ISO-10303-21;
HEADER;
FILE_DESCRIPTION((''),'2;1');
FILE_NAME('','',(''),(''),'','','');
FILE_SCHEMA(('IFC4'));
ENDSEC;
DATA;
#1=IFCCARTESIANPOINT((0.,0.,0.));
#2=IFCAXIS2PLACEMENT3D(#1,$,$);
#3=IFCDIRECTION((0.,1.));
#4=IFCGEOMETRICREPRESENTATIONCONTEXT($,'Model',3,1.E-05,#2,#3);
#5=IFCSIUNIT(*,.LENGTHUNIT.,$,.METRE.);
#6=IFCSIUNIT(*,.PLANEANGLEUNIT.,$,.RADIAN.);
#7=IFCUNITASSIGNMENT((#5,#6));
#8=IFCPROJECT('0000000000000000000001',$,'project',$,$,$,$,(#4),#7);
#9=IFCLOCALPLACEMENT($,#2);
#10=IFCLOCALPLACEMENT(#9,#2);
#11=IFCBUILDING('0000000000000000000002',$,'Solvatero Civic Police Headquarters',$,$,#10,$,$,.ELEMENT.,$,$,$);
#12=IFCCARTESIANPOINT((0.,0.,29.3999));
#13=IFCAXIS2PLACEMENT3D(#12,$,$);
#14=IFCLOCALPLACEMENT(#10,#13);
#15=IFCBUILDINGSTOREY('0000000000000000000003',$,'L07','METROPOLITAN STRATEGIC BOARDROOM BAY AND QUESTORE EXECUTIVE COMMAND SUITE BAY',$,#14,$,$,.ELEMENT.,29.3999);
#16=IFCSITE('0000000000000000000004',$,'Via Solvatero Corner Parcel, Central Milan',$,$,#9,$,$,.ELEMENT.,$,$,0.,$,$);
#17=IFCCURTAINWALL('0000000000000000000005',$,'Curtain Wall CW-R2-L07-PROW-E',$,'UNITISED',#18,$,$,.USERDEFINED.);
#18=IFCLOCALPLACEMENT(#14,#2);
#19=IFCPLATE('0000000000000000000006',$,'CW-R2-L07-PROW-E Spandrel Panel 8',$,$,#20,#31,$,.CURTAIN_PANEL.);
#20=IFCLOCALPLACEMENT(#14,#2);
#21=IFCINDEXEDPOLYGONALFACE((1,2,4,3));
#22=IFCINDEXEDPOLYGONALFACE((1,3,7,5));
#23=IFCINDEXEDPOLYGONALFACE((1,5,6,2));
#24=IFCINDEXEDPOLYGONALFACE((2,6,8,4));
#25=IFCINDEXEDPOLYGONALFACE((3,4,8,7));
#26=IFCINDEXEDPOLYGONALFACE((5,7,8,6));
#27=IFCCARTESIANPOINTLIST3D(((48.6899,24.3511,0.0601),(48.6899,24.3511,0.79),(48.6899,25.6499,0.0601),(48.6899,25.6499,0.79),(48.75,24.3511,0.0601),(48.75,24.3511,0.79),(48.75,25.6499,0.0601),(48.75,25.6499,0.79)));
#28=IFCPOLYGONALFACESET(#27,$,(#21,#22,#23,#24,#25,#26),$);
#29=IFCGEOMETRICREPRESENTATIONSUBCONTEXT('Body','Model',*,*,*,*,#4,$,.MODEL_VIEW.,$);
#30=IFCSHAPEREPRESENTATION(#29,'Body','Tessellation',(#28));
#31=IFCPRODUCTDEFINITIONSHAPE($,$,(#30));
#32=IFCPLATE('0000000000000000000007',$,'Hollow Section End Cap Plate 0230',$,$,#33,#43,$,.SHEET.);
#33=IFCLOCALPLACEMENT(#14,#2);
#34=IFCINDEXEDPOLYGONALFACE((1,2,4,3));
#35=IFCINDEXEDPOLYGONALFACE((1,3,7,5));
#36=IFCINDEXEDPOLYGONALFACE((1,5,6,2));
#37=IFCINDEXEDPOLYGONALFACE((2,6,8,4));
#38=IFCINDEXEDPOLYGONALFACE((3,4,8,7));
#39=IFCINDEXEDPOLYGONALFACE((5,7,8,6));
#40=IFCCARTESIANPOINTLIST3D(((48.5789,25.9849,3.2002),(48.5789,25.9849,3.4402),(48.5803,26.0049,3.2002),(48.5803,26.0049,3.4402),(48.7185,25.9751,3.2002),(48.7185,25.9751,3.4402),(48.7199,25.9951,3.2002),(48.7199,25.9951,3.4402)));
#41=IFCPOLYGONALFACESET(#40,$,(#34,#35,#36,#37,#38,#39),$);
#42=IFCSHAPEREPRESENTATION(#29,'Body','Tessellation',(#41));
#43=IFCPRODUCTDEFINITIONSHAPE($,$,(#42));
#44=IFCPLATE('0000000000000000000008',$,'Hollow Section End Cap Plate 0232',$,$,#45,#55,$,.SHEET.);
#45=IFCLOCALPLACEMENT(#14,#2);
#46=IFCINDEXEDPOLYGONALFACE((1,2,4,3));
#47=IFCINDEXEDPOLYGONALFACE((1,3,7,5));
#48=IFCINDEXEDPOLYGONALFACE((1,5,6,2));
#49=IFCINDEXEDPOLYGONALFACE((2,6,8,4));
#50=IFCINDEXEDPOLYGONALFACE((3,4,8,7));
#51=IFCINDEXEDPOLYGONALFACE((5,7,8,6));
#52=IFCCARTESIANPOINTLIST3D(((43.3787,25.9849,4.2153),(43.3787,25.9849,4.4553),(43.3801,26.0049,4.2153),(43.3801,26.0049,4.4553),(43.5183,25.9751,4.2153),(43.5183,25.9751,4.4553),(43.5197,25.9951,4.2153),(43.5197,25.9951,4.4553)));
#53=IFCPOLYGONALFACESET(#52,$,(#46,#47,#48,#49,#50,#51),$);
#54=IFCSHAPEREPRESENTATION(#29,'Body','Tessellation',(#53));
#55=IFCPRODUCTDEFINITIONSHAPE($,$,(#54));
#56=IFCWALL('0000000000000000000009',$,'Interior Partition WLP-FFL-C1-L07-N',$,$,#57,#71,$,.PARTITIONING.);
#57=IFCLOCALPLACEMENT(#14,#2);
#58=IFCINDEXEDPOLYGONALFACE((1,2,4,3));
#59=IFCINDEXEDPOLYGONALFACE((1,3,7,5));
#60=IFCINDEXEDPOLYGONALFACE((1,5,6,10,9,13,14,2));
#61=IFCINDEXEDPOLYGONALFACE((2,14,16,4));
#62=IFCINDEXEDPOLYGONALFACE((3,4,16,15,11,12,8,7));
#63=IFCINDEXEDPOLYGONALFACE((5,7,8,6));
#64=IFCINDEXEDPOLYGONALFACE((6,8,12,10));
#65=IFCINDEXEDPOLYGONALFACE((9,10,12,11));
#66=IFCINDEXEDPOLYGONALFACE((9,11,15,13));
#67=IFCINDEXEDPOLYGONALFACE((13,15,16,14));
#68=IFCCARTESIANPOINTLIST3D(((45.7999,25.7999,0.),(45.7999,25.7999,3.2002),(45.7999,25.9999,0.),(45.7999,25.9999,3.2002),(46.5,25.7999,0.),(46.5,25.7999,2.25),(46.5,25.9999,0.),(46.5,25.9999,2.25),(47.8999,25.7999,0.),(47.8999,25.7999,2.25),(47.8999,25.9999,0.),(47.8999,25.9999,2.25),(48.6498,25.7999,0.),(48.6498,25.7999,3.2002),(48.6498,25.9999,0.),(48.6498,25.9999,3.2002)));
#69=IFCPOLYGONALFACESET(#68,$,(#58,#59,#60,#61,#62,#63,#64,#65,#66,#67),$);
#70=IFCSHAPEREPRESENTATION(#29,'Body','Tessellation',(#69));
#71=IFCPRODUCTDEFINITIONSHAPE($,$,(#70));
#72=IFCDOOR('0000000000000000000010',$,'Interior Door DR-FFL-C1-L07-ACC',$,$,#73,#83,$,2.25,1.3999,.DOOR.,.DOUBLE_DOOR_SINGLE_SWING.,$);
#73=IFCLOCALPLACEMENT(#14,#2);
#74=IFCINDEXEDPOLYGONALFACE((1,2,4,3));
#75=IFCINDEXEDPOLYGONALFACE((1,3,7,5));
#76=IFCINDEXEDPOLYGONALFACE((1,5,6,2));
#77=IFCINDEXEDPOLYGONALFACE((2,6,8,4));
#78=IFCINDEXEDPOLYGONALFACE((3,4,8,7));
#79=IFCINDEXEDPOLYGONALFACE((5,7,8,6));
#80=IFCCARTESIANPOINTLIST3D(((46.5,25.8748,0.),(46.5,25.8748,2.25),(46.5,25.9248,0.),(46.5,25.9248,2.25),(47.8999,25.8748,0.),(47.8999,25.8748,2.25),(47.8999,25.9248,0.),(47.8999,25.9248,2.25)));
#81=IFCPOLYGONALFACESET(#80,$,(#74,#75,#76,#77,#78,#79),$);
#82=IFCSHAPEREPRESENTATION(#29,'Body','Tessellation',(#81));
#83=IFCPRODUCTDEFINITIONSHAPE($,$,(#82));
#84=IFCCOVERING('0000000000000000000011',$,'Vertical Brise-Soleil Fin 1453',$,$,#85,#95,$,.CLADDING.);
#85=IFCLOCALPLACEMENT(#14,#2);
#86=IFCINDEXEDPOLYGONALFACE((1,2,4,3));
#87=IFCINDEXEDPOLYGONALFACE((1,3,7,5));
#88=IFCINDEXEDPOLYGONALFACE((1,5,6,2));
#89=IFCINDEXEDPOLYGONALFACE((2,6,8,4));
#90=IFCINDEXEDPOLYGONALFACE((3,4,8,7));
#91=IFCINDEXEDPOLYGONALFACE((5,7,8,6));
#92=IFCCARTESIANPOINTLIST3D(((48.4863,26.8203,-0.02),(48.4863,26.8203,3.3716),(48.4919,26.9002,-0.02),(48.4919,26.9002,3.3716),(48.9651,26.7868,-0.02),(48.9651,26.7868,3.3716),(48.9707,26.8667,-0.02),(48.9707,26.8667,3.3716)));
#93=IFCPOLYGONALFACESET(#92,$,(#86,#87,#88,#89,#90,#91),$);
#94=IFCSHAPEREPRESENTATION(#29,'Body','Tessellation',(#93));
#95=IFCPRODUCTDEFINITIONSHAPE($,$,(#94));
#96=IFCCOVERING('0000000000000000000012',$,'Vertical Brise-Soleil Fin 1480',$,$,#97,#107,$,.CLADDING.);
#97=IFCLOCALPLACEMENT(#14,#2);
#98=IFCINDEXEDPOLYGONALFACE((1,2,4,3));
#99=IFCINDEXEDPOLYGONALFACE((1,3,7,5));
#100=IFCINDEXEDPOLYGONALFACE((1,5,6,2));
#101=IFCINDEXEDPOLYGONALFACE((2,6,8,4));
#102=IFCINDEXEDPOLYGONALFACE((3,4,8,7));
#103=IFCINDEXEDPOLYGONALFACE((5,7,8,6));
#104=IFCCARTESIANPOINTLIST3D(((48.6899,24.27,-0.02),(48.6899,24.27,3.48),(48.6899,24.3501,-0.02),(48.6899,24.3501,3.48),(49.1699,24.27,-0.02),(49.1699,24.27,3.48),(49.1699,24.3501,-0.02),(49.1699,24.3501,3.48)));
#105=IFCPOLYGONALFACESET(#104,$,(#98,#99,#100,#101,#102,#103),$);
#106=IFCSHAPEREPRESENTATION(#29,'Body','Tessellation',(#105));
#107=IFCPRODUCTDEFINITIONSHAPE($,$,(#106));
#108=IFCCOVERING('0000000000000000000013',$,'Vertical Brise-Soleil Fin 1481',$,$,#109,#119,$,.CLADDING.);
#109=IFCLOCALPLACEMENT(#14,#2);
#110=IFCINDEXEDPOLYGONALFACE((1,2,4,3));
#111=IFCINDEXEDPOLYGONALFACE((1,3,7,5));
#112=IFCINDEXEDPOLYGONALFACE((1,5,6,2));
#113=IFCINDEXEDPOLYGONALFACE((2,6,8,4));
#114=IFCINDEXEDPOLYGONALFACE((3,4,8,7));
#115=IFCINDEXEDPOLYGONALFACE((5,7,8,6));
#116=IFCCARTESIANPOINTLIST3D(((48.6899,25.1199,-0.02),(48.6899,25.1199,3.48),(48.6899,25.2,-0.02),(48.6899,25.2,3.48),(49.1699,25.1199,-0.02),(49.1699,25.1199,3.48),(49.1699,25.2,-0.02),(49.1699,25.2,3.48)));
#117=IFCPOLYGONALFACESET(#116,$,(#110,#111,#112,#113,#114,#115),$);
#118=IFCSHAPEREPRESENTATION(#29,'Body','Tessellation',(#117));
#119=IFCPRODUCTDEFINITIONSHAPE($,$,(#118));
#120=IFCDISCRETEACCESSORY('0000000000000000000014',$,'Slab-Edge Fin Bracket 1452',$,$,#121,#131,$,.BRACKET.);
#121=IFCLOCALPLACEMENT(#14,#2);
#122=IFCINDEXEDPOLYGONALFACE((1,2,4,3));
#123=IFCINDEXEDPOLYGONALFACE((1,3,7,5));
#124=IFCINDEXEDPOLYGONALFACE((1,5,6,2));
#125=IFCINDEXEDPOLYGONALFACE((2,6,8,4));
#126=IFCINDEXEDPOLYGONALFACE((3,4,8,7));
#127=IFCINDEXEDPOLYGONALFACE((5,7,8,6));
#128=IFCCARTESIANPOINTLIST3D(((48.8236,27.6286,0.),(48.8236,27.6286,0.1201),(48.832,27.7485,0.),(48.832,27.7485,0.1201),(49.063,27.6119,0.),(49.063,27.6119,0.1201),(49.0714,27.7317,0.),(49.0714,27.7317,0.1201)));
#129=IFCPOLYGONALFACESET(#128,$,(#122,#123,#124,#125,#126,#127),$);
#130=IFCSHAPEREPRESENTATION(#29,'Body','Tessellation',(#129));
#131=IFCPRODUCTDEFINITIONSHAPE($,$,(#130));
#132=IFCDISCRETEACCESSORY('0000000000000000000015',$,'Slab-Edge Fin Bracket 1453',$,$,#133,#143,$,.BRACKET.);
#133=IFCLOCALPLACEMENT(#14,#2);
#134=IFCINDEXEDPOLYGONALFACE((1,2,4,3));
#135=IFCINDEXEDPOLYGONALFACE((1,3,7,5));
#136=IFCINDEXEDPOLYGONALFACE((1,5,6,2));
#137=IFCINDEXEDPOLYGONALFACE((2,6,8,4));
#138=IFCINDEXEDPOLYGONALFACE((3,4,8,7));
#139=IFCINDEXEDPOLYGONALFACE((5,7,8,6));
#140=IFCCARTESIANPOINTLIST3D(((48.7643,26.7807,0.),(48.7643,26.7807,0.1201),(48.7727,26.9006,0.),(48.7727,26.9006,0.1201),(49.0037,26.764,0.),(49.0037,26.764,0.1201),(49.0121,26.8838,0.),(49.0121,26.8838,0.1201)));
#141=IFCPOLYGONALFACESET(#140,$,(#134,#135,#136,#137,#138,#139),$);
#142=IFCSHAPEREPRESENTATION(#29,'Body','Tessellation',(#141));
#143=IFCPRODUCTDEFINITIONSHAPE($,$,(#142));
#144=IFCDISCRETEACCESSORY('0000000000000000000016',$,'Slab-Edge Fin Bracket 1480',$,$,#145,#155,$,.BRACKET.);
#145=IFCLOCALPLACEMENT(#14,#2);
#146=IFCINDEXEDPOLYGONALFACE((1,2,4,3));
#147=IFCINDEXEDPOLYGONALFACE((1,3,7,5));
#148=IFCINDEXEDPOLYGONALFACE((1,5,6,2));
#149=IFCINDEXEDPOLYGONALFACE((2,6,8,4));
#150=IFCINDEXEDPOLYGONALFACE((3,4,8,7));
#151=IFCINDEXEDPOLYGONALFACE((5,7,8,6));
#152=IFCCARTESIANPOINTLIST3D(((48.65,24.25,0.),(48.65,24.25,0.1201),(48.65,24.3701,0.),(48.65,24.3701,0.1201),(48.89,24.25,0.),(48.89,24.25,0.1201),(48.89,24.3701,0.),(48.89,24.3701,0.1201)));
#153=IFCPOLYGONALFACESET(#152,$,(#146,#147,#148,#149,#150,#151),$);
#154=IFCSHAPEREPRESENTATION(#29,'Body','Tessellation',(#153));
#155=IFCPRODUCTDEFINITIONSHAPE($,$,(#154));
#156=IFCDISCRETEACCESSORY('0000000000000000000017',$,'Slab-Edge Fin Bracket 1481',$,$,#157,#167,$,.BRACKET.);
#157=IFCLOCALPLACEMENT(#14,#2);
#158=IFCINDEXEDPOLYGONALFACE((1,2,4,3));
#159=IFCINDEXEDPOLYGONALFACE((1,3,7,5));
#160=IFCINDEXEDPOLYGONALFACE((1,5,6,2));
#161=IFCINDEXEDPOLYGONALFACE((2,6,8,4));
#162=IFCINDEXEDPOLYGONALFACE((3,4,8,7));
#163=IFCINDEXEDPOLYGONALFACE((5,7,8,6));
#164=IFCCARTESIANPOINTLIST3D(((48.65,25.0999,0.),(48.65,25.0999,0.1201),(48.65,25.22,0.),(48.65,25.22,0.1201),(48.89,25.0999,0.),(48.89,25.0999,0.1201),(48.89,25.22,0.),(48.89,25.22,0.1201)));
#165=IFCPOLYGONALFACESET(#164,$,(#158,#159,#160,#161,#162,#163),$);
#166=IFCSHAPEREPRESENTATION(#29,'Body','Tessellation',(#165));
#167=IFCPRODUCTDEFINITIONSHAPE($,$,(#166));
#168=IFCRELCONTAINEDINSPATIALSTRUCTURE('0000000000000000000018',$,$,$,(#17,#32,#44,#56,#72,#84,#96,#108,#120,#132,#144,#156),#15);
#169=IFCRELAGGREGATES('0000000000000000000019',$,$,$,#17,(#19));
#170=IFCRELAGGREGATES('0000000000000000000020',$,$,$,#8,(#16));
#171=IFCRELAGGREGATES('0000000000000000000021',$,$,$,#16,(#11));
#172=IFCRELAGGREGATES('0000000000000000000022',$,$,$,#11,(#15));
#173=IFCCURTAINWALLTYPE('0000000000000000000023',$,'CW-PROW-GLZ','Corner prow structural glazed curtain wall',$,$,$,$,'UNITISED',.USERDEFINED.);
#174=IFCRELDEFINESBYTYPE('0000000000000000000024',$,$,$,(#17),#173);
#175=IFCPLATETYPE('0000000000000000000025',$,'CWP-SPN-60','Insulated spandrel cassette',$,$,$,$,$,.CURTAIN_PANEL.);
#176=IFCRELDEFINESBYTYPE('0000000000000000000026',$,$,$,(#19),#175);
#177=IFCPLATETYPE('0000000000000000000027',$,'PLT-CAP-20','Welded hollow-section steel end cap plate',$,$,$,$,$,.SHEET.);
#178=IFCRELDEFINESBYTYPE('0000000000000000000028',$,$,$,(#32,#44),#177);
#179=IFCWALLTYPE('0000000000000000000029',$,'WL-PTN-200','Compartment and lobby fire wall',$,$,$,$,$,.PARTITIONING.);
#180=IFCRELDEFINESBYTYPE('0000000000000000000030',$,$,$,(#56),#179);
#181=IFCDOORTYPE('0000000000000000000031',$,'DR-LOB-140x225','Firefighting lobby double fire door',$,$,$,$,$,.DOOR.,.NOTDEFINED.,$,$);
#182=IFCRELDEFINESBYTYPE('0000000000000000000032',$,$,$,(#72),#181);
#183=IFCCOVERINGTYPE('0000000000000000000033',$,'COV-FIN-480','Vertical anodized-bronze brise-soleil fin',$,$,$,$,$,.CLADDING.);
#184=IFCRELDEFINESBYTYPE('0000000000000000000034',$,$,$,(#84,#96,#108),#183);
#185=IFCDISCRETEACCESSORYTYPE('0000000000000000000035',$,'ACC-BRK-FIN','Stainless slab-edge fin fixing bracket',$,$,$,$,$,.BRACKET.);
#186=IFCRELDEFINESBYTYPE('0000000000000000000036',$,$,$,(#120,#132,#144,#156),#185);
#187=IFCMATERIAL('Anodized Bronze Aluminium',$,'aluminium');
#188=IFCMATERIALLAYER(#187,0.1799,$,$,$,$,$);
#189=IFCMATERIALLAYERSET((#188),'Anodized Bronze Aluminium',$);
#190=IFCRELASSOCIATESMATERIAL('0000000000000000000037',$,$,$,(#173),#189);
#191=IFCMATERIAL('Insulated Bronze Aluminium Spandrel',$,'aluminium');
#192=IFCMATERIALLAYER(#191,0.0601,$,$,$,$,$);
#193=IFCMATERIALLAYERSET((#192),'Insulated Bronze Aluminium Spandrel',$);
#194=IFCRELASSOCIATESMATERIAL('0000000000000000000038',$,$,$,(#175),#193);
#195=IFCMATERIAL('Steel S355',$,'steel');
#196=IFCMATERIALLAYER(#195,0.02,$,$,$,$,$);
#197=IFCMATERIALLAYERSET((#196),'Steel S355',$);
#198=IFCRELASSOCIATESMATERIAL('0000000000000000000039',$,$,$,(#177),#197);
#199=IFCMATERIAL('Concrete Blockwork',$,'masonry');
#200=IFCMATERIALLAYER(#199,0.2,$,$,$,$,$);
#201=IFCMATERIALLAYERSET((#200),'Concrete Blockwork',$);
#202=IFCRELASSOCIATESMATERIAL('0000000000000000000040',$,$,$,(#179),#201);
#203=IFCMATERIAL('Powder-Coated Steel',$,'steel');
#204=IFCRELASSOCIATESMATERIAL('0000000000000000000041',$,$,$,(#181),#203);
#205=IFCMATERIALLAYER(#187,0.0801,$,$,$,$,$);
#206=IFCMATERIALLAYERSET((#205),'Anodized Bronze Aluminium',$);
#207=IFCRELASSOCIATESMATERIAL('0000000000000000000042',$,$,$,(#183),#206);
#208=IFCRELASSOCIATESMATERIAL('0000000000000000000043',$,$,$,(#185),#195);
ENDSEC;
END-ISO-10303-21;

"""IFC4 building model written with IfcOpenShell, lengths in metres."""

from ifc_helpers import new_model, si_unit, direction, frame, frame_2d, origin, origin_2d, place, context, subcontext, project, spatial, rectangle, extrude, material, layer, layer_set, type_object, element, fill, aggregate, save


model = new_model("IFC4")

# Units and contexts
model_context = context("Model", 3, precision=1e-05, world=origin(), true_north=direction((0.0, 1.0)))
body_context = subcontext(model_context, "Body", "Model", "MODEL_VIEW")
ifc_project = project(units=[si_unit("LENGTHUNIT", "METRE"), si_unit("PLANEANGLEUNIT", "RADIAN")], contexts=[model_context])

# Site, building, storey
site_placement = place(None, origin())
site = spatial("IfcSite", under=ifc_project, at=site_placement, Name="Via Solvatero Corner Parcel, Central Milan", CompositionType="ELEMENT", RefElevation=0.0)
building_placement = place(site_placement, origin())
building = spatial("IfcBuilding", under=site, at=building_placement, Name="Solvatero Civic Police Headquarters", CompositionType="ELEMENT")
storey_placement = place(building_placement, frame((0.0, 0.0, 29.3999)))
storey = spatial("IfcBuildingStorey", under=building, at=storey_placement, Name="L07", Description="METROPOLITAN STRATEGIC BOARDROOM BAY AND QUESTORE EXECUTIVE COMMAND SUITE BAY", CompositionType="ELEMENT", Elevation=29.3999)

# Shared definitions
ifc_material_1 = material(Name="Steel S355", Category="steel")

# Curtain wall
ifc_material_2 = material(Name="Anodized Bronze Aluminium", Category="aluminium")
ifc_layer_1 = layer(ifc_material_2, 0.1799)
ifc_layer_set_1 = layer_set([ifc_layer_1], Name="Anodized Bronze Aluminium")
curtain_wall_type_1 = type_object("IfcCurtainWallType", Name="CW-PROW-GLZ", Description="Corner prow structural glazed curtain wall", ElementType="UNITISED", PredefinedType="USERDEFINED", material=ifc_layer_set_1)
curtain_wall_1_placement = place(storey_placement, origin())
curtain_wall_1 = element("IfcCurtainWall", 1, at=curtain_wall_1_placement, inside=storey, type_object=curtain_wall_type_1, Name="Curtain Wall CW-R2-L07-PROW-E", ObjectType="UNITISED", PredefinedType="USERDEFINED")

# Plate
ifc_material_3 = material(Name="Insulated Bronze Aluminium Spandrel", Category="aluminium")
ifc_layer_2 = layer(ifc_material_3, 0.0601)
ifc_layer_set_2 = layer_set([ifc_layer_2], Name="Insulated Bronze Aluminium Spandrel")
plate_type_1 = type_object("IfcPlateType", Name="CWP-SPN-60", Description="Insulated spandrel cassette", PredefinedType="CURTAIN_PANEL", material=ifc_layer_set_2)
plate_1_placement = place(storey_placement, frame((48.72, 25.0005, 0.0601), z_axis=(0.0, 0.0, 1.0), x_axis=(0.0, 1.0, 0.0)))
plate_1 = element("IfcPlate", 2, at=plate_1_placement, type_object=plate_type_1, Name="CW-R2-L07-PROW-E Spandrel Panel 8", PredefinedType="CURTAIN_PANEL", context=body_context, shape_type="SweptSolid", body=[
    extrude(rectangle(XDim=1.2988, YDim=0.0601, at=origin_2d()), origin(), (0.0, 0.0, 1.0), 0.73),
])
aggregate(curtain_wall_1, [plate_1])

# Plates
ifc_layer_3 = layer(ifc_material_1, 0.02)
ifc_layer_set_3 = layer_set([ifc_layer_3], Name="Steel S355")
plate_type_2 = type_object("IfcPlateType", Name="PLT-CAP-20", Description="Welded hollow-section steel end cap plate", PredefinedType="SHEET", material=ifc_layer_set_3)
for number, where, z_axis, x_axis, name in (
    (3, (48.6494, 25.99, 3.2002), (0.0, 0.0, 1.0), (-0.069756, -0.997564, 0.0), "Hollow Section End Cap Plate 0230"),
    (4, (43.4492, 25.99, 4.2153), (0.0, 0.0, 1.0), (-0.069756, -0.997564, 0.0), "Hollow Section End Cap Plate 0232"),
):
    element("IfcPlate", number, at=place(storey_placement, frame(where, z_axis=z_axis, x_axis=x_axis)), inside=storey, type_object=plate_type_2, Name=name, PredefinedType="SHEET", context=body_context, shape_type="SweptSolid", body=[
        extrude(rectangle(XDim=0.02, YDim=0.1399, at=origin_2d()), origin(), (0.0, 0.0, 1.0), 0.24),
    ])

# Wall, opening, door
ifc_material_4 = material(Name="Concrete Blockwork", Category="masonry")
ifc_layer_4 = layer(ifc_material_4, 0.2)
ifc_layer_set_4 = layer_set([ifc_layer_4], Name="Concrete Blockwork")
wall_type = type_object("IfcWallType", Name="WL-PTN-200", Description="Compartment and lobby fire wall", PredefinedType="PARTITIONING", material=ifc_layer_set_4)
wall_placement = place(storey_placement, frame((45.8, 25.8999, 0.0), z_axis=(0.0, 0.0, 1.0), x_axis=(1.0, 0.0, 0.0)))
wall = element("IfcWall", 5, at=wall_placement, inside=storey, type_object=wall_type, Name="Interior Partition WLP-FFL-C1-L07-N", PredefinedType="PARTITIONING", context=body_context, shape_type="SweptSolid", body=[
    extrude(rectangle(XDim=2.8499, YDim=0.2, at=frame_2d((1.4248, 0.0))), origin(), (0.0, 0.0, 1.0), 3.2002),
])
opening_placement = place(wall_placement, frame((0.7, 0.0, 0.0)))
opening = element("IfcOpeningElement", 6, at=opening_placement, cuts=wall, PredefinedType="OPENING", context=body_context, shape_type="SweptSolid", body=[
    extrude(rectangle(XDim=1.3999, YDim=2.25, at=frame_2d((0.7, 1.125))), frame((0.0, 0.1099, 0.0), z_axis=(0.0, -1.0, 0.0), x_axis=(1.0, 0.0, 0.0)), (0.0, 0.0, 1.0), 0.22),
])
ifc_material_5 = material(Name="Powder-Coated Steel", Category="steel")
door_type = type_object("IfcDoorType", Name="DR-LOB-140x225", Description="Firefighting lobby double fire door", OperationType="NOTDEFINED", PredefinedType="DOOR", material=ifc_material_5)
door_placement = place(opening_placement, origin())
door = element("IfcDoor", 7, at=door_placement, inside=storey, type_object=door_type, Name="Interior Door DR-FFL-C1-L07-ACC", OperationType="DOUBLE_DOOR_SINGLE_SWING", OverallHeight=2.25, OverallWidth=1.3999, PredefinedType="DOOR", context=body_context, shape_type="SweptSolid", body=[
    extrude(rectangle(XDim=1.3999, YDim=2.25, at=frame_2d((0.7, 1.125))), frame((0.0, 0.0249, 0.0), z_axis=(0.0, -1.0, 0.0), x_axis=(1.0, 0.0, 0.0)), (0.0, 0.0, 1.0), 0.05),
])
fill(opening, door)

# Coverings
ifc_layer_5 = layer(ifc_material_2, 0.0801)
ifc_layer_set_5 = layer_set([ifc_layer_5], Name="Anodized Bronze Aluminium")
covering_type = type_object("IfcCoveringType", Name="COV-FIN-480", Description="Vertical anodized-bronze brise-soleil fin", PredefinedType="CLADDING", material=ifc_layer_set_5)
covering_placement = place(storey_placement, frame((48.7285, 26.8435, -0.02), z_axis=(0.0, 0.0, 1.0), x_axis=(-0.069774, -0.997563, 0.0)))
element("IfcCovering", 8, at=covering_placement, inside=storey, type_object=covering_type, Name="Vertical Brise-Soleil Fin 1453", PredefinedType="CLADDING", context=body_context, shape_type="SweptSolid", body=[
    extrude(rectangle(XDim=0.0801, YDim=0.48, at=origin_2d()), origin(), (0.0, 0.0, 1.0), 3.3916),
])
for number, where, z_axis, x_axis, name in (
    (9, (48.9299, 24.3101, -0.02), (0.0, 0.0, 1.0), (0.0, 1.0, 0.0), "Vertical Brise-Soleil Fin 1480"),
    (10, (48.9299, 25.1599, -0.02), (0.0, 0.0, 1.0), (0.0, 1.0, 0.0), "Vertical Brise-Soleil Fin 1481"),
):
    element("IfcCovering", number, at=place(storey_placement, frame(where, z_axis=z_axis, x_axis=x_axis)), inside=storey, type_object=covering_type, Name=name, PredefinedType="CLADDING", context=body_context, shape_type="SweptSolid", body=[
        extrude(rectangle(XDim=0.0801, YDim=0.48, at=origin_2d()), origin(), (0.0, 0.0, 1.0), 3.5),
    ])

# Discrete accessories
discrete_accessory_type = type_object("IfcDiscreteAccessoryType", Name="ACC-BRK-FIN", Description="Stainless slab-edge fin fixing bracket", PredefinedType="BRACKET", material=ifc_material_1)
for number, where, z_axis, x_axis, name in (
    (11, (48.9475, 27.6802, 0.0), (0.0, 0.0, 1.0), (-0.069774, -0.997563, 0.0), "Slab-Edge Fin Bracket 1452"),
    (12, (48.8882, 26.8323, 0.0), (0.0, 0.0, 1.0), (-0.069774, -0.997563, 0.0), "Slab-Edge Fin Bracket 1453"),
    (13, (48.77, 24.3101, 0.0), (0.0, 0.0, 1.0), (0.0, 1.0, 0.0), "Slab-Edge Fin Bracket 1480"),
    (14, (48.77, 25.1599, 0.0), (0.0, 0.0, 1.0), (0.0, 1.0, 0.0), "Slab-Edge Fin Bracket 1481"),
):
    element("IfcDiscreteAccessory", number, at=place(storey_placement, frame(where, z_axis=z_axis, x_axis=x_axis)), inside=storey, type_object=discrete_accessory_type, Name=name, PredefinedType="BRACKET", context=body_context, shape_type="SweptSolid", body=[
        extrude(rectangle(XDim=0.1201, YDim=0.24, at=origin_2d()), origin(), (0.0, 0.0, 1.0), 0.1201),
    ])

save(model, "model.ifc")
